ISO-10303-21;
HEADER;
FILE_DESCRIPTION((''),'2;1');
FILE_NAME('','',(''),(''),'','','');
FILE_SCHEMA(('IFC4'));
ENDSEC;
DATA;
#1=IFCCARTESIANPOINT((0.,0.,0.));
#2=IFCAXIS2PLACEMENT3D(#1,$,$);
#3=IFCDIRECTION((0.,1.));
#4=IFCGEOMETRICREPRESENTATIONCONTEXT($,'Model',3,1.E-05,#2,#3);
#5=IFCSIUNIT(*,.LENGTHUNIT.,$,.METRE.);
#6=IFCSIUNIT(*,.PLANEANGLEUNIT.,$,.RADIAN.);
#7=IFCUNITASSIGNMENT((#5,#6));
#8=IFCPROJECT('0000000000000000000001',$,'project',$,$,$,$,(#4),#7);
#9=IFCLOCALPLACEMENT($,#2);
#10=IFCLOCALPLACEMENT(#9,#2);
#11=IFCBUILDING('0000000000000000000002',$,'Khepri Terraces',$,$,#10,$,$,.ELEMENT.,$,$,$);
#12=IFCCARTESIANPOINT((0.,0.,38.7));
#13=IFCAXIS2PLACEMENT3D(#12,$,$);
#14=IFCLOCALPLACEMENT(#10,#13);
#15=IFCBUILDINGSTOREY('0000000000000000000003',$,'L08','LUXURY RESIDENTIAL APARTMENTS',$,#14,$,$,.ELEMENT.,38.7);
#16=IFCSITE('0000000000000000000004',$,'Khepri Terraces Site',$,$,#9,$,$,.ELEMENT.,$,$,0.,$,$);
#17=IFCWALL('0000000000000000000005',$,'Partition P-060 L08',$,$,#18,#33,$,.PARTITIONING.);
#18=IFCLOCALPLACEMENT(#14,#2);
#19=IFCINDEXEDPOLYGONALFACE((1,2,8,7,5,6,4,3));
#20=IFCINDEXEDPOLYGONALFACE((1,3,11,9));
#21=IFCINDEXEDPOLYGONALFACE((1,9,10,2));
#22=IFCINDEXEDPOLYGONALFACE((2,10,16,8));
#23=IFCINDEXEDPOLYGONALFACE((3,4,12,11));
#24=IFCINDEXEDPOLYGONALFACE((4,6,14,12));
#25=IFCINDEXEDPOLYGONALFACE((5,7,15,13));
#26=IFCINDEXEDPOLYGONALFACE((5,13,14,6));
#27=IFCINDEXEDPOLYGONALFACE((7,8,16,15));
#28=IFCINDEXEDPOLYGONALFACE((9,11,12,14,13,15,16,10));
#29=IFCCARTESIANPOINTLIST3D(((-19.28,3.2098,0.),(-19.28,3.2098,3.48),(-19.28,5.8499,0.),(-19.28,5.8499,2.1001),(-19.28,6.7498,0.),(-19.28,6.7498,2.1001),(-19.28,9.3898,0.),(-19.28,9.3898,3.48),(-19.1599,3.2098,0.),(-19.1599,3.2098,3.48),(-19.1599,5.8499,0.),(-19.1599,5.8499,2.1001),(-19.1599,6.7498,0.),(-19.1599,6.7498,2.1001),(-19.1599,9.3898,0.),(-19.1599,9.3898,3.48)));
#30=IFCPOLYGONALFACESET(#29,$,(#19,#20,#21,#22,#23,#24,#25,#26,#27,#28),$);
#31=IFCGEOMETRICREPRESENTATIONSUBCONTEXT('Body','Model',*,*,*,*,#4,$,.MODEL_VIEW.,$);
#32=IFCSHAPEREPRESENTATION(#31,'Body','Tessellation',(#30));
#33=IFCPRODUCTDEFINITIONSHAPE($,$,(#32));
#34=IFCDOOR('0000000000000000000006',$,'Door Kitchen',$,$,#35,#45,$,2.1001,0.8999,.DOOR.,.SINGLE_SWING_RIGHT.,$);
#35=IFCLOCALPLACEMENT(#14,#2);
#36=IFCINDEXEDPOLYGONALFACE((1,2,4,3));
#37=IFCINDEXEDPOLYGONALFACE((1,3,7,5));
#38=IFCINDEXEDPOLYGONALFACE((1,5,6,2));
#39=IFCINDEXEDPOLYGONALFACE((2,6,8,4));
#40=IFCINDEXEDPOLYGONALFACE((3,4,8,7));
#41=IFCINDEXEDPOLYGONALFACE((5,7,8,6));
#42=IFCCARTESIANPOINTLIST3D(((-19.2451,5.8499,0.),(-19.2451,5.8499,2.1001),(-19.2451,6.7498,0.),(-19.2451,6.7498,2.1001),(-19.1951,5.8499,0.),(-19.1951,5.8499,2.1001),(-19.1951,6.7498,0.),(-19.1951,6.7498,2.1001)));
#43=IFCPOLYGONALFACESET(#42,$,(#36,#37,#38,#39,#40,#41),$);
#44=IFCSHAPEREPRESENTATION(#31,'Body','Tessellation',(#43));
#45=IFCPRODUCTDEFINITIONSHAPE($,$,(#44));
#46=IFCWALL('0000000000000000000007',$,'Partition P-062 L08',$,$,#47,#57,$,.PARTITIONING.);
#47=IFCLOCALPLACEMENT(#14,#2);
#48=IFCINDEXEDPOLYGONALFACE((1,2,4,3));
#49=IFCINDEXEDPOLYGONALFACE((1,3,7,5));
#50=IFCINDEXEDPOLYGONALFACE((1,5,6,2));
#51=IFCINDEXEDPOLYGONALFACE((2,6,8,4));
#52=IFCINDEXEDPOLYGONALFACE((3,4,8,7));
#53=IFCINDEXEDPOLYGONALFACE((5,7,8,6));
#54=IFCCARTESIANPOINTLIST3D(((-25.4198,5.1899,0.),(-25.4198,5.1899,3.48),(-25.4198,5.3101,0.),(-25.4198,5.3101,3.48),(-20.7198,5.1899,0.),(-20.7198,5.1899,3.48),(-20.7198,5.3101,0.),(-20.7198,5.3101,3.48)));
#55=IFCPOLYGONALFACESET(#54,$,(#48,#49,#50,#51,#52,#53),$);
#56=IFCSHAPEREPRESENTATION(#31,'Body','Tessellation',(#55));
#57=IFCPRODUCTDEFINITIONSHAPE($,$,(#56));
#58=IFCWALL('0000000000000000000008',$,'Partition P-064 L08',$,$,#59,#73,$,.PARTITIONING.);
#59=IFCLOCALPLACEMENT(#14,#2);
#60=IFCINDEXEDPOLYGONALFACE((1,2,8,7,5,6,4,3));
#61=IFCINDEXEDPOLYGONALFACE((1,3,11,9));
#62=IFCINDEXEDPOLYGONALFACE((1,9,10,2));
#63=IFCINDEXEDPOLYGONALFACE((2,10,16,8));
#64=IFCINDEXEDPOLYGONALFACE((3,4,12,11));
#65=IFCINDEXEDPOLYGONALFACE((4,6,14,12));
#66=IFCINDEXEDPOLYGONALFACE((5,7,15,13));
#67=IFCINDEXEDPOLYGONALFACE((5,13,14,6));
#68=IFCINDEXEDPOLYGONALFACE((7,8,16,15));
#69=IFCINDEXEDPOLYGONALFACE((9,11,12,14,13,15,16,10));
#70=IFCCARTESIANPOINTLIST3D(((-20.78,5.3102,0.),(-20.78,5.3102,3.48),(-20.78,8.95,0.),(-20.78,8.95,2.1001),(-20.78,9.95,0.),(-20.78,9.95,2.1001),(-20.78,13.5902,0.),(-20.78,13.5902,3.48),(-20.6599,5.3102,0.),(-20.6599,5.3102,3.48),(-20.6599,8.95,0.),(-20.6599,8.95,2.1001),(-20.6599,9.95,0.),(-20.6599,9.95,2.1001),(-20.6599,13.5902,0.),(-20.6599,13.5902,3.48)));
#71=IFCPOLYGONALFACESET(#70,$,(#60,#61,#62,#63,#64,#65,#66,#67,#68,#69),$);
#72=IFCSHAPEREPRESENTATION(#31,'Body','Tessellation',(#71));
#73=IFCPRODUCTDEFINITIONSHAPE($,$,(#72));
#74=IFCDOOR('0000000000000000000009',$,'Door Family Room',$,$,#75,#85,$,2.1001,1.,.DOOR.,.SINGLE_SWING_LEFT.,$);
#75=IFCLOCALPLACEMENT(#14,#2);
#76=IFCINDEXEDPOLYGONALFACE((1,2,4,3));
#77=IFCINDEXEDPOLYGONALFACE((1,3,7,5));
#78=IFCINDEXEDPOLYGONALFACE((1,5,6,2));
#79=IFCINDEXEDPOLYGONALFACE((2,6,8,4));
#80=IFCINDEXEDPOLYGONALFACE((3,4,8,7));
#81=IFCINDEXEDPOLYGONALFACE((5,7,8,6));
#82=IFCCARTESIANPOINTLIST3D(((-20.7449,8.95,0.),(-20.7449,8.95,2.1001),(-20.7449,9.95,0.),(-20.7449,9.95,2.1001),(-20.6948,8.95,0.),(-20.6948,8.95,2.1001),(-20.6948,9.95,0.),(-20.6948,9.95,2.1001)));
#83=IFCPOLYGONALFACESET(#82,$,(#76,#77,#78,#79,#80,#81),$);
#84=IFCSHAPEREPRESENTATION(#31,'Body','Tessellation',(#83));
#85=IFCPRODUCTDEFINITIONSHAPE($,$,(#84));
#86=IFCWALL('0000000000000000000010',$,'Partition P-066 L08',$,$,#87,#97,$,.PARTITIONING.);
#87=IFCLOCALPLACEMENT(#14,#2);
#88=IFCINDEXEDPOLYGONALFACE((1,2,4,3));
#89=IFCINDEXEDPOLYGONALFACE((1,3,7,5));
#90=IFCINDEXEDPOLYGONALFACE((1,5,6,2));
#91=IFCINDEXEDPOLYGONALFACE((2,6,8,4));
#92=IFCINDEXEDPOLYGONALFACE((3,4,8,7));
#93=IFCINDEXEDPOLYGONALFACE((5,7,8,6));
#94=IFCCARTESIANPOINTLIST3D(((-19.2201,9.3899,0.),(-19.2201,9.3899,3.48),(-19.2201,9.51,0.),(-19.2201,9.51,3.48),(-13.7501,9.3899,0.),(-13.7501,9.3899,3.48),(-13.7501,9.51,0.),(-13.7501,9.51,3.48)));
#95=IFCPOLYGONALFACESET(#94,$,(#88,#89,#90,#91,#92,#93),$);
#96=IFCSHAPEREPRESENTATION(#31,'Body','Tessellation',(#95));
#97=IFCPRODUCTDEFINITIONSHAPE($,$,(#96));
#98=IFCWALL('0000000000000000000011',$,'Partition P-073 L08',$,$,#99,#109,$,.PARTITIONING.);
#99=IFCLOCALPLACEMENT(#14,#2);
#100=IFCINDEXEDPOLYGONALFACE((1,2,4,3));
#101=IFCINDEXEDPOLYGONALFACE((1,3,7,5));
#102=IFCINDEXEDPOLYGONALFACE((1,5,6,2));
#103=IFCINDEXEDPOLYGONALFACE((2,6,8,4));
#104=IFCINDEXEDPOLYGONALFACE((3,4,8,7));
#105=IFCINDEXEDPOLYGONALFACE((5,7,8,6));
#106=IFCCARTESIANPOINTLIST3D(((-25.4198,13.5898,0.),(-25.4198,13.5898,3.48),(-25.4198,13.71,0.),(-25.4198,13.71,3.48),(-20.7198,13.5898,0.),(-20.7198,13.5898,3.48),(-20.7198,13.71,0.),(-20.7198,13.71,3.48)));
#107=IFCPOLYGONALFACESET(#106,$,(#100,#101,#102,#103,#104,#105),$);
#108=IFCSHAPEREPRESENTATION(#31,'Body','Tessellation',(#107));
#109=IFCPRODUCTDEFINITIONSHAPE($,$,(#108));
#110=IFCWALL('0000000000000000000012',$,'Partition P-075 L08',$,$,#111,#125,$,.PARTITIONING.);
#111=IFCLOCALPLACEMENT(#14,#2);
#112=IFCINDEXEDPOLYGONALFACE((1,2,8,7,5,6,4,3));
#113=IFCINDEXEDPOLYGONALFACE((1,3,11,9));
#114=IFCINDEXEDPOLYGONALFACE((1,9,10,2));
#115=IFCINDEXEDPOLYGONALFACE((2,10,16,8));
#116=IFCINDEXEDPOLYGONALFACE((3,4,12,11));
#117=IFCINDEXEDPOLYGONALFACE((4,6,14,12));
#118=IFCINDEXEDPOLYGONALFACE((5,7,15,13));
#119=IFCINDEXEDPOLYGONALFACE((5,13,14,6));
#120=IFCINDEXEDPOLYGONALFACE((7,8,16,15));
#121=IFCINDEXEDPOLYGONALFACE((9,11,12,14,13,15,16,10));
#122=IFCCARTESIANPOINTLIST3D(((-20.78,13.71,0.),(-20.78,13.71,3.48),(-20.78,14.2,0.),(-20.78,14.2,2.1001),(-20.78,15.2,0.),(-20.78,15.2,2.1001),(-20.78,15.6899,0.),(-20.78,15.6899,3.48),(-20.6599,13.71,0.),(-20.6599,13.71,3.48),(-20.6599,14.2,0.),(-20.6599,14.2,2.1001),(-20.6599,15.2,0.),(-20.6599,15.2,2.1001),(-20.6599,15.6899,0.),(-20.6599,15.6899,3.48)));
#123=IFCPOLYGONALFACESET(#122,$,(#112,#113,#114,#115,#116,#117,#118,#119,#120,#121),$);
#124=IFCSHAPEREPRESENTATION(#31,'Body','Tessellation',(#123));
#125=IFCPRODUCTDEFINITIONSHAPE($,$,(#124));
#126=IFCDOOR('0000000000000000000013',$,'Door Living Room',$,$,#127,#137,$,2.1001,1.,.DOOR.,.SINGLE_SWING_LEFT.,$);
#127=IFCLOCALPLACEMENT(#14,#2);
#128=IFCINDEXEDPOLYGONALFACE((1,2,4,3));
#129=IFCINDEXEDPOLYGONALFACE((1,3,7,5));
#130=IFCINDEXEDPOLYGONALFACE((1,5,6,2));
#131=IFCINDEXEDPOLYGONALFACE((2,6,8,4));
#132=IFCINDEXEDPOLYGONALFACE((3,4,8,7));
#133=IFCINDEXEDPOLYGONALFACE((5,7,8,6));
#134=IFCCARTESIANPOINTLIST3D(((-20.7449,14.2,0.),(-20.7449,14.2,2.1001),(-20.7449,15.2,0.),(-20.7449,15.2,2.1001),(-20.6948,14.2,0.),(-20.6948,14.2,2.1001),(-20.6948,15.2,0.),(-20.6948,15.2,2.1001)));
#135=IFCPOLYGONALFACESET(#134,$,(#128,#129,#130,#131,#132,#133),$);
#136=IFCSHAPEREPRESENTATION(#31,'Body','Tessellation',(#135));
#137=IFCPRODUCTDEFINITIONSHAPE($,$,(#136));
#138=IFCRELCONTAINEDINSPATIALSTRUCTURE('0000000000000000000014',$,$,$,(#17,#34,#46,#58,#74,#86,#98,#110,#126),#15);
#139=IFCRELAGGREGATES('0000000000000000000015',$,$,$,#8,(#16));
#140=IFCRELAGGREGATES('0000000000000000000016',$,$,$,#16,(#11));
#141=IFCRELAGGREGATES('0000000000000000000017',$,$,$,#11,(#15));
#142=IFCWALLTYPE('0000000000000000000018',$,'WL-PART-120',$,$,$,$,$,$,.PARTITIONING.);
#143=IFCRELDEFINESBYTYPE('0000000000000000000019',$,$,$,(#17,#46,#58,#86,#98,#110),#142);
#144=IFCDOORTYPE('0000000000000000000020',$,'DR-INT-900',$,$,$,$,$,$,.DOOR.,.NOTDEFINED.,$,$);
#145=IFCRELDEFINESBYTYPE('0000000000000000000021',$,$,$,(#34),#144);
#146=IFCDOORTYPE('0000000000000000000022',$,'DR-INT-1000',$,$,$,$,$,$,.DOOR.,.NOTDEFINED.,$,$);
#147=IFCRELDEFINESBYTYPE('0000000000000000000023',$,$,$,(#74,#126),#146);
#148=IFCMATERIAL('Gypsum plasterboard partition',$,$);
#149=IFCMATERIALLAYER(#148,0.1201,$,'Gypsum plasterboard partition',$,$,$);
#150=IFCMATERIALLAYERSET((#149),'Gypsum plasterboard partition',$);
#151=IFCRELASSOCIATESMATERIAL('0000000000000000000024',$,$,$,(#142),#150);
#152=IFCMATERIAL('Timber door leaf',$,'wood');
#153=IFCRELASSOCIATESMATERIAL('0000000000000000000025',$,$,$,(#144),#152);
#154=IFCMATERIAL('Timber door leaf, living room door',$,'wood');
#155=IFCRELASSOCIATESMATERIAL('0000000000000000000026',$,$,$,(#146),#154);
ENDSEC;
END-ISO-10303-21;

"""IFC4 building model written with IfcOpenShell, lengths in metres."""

from ifc_helpers import new_model, si_unit, direction, frame, frame_2d, origin, place, context, subcontext, project, spatial, rectangle, extrude, material, layer, layer_set, type_object, element, fill, save


model = new_model("IFC4")

# Units and contexts
model_context = context("Model", 3, precision=1e-05, world=origin(), true_north=direction((0.0, 1.0)))
body_context = subcontext(model_context, "Body", "Model", "MODEL_VIEW")
ifc_project = project(units=[si_unit("LENGTHUNIT", "METRE"), si_unit("PLANEANGLEUNIT", "RADIAN")], contexts=[model_context])

# Site, building, storey
site_placement = place(None, origin())
site = spatial("IfcSite", under=ifc_project, at=site_placement, Name="Khepri Terraces Site", CompositionType="ELEMENT", RefElevation=0.0)
building_placement = place(site_placement, origin())
building = spatial("IfcBuilding", under=site, at=building_placement, Name="Khepri Terraces", CompositionType="ELEMENT")
storey_placement = place(building_placement, frame((0.0, 0.0, 38.7)))
storey = spatial("IfcBuildingStorey", under=building, at=storey_placement, Name="L08", Description="LUXURY RESIDENTIAL APARTMENTS", CompositionType="ELEMENT", Elevation=38.7)

# Shared definitions
ifc_material_1 = material(Name="Gypsum plasterboard partition")
ifc_layer_1 = layer(ifc_material_1, 0.1201, Name="Gypsum plasterboard partition")
ifc_layer_set_1 = layer_set([ifc_layer_1], Name="Gypsum plasterboard partition")
wall_type_1 = type_object("IfcWallType", Name="WL-PART-120", PredefinedType="PARTITIONING", material=ifc_layer_set_1)

# Wall, opening, door
wall_1_placement = place(storey_placement, frame((-19.22, 3.21, 0.0), z_axis=(0.0, 0.0, 1.0), x_axis=(0.0, 1.0, 0.0)))
wall_1 = element("IfcWall", 1, at=wall_1_placement, inside=storey, type_object=wall_type_1, Name="Partition P-060 L08", PredefinedType="PARTITIONING", context=body_context, shape_type="SweptSolid", body=[
    extrude(rectangle(XDim=6.1799, YDim=0.1201, at=frame_2d((3.0898, 0.0))), origin(), (0.0, 0.0, 1.0), 3.48),
])
opening_1_placement = place(wall_1_placement, frame((2.6399, 0.0, 0.0)))
opening_1 = element("IfcOpeningElement", 2, at=opening_1_placement, cuts=wall_1, PredefinedType="OPENING", context=body_context, shape_type="SweptSolid", body=[
    extrude(rectangle(XDim=0.8999, YDim=2.1001, at=frame_2d((0.45, 1.05))), frame((0.0, 0.0701, 0.0), z_axis=(0.0, -1.0, 0.0), x_axis=(1.0, 0.0, 0.0)), (0.0, 0.0, 1.0), 0.1401),
])
ifc_material_2 = material(Name="Timber door leaf", Category="wood")
door_type_1 = type_object("IfcDoorType", Name="DR-INT-900", OperationType="NOTDEFINED", PredefinedType="DOOR", material=ifc_material_2)
door_1_placement = place(opening_1_placement, frame((0.8999, 0.0, 0.0), z_axis=(0.0, 0.0, 1.0), x_axis=(-1.0, 0.0, 0.0)))
door_1 = element("IfcDoor", 3, at=door_1_placement, inside=storey, type_object=door_type_1, Name="Door Kitchen", OperationType="SINGLE_SWING_RIGHT", OverallHeight=2.1001, OverallWidth=0.8999, PredefinedType="DOOR", context=body_context, shape_type="SweptSolid", body=[
    extrude(rectangle(XDim=0.8999, YDim=2.1001, at=frame_2d((0.45, 1.05))), frame((0.0, 0.0249, 0.0), z_axis=(0.0, -1.0, 0.0), x_axis=(1.0, 0.0, 0.0)), (0.0, 0.0, 1.0), 0.05),
])
fill(opening_1, door_1)

# Wall
wall_2_placement = place(storey_placement, frame((-25.4199, 5.25, 0.0), z_axis=(0.0, 0.0, 1.0), x_axis=(1.0, 0.0, 0.0)))
element("IfcWall", 4, at=wall_2_placement, inside=storey, type_object=wall_type_1, Name="Partition P-062 L08", PredefinedType="PARTITIONING", context=body_context, shape_type="SweptSolid", body=[
    extrude(rectangle(XDim=4.7, YDim=0.1201, at=frame_2d((2.3501, 0.0))), origin(), (0.0, 0.0, 1.0), 3.48),
])

# Wall, opening, door
wall_3_placement = place(storey_placement, frame((-20.72, 5.3101, 0.0), z_axis=(0.0, 0.0, 1.0), x_axis=(0.0, 1.0, 0.0)))
wall_3 = element("IfcWall", 5, at=wall_3_placement, inside=storey, type_object=wall_type_1, Name="Partition P-064 L08", PredefinedType="PARTITIONING", context=body_context, shape_type="SweptSolid", body=[
    extrude(rectangle(XDim=8.28, YDim=0.1201, at=frame_2d((4.1401, 0.0))), origin(), (0.0, 0.0, 1.0), 3.48),
])
opening_2_placement = place(wall_3_placement, frame((3.6399, 0.0, 0.0)))
opening_2 = element("IfcOpeningElement", 6, at=opening_2_placement, cuts=wall_3, PredefinedType="OPENING", context=body_context, shape_type="SweptSolid", body=[
    extrude(rectangle(XDim=1.0, YDim=2.1001, at=frame_2d((0.5, 1.05))), frame((0.0, 0.0701, 0.0), z_axis=(0.0, -1.0, 0.0), x_axis=(1.0, 0.0, 0.0)), (0.0, 0.0, 1.0), 0.1401),
])
ifc_material_3 = material(Name="Timber door leaf, living room door", Category="wood")
door_type_2 = type_object("IfcDoorType", Name="DR-INT-1000", OperationType="NOTDEFINED", PredefinedType="DOOR", material=ifc_material_3)
door_2_placement = place(opening_2_placement, origin())
door_2 = element("IfcDoor", 7, at=door_2_placement, inside=storey, type_object=door_type_2, Name="Door Family Room", OperationType="SINGLE_SWING_LEFT", OverallHeight=2.1001, OverallWidth=1.0, PredefinedType="DOOR", context=body_context, shape_type="SweptSolid", body=[
    extrude(rectangle(XDim=1.0, YDim=2.1001, at=frame_2d((0.5, 1.05))), frame((0.0, 0.0249, 0.0), z_axis=(0.0, -1.0, 0.0), x_axis=(1.0, 0.0, 0.0)), (0.0, 0.0, 1.0), 0.05),
])
fill(opening_2, door_2)

# Walls
wall_4_placement = place(storey_placement, frame((-19.22, 9.45, 0.0), z_axis=(0.0, 0.0, 1.0), x_axis=(1.0, 0.0, 0.0)))
element("IfcWall", 8, at=wall_4_placement, inside=storey, type_object=wall_type_1, Name="Partition P-066 L08", PredefinedType="PARTITIONING", context=body_context, shape_type="SweptSolid", body=[
    extrude(rectangle(XDim=5.47, YDim=0.1201, at=frame_2d((2.7349, 0.0))), origin(), (0.0, 0.0, 1.0), 3.48),
])
wall_5_placement = place(storey_placement, frame((-25.4199, 13.6499, 0.0), z_axis=(0.0, 0.0, 1.0), x_axis=(1.0, 0.0, 0.0)))
element("IfcWall", 9, at=wall_5_placement, inside=storey, type_object=wall_type_1, Name="Partition P-073 L08", PredefinedType="PARTITIONING", context=body_context, shape_type="SweptSolid", body=[
    extrude(rectangle(XDim=4.7, YDim=0.1201, at=frame_2d((2.3501, 0.0))), origin(), (0.0, 0.0, 1.0), 3.48),
])

# Wall, opening, door
wall_6_placement = place(storey_placement, frame((-20.72, 13.71, 0.0), z_axis=(0.0, 0.0, 1.0), x_axis=(0.0, 1.0, 0.0)))
wall_6 = element("IfcWall", 10, at=wall_6_placement, inside=storey, type_object=wall_type_1, Name="Partition P-075 L08", PredefinedType="PARTITIONING", context=body_context, shape_type="SweptSolid", body=[
    extrude(rectangle(XDim=1.98, YDim=0.1201, at=frame_2d((0.99, 0.0))), origin(), (0.0, 0.0, 1.0), 3.48),
])
opening_3_placement = place(wall_6_placement, frame((0.49, 0.0, 0.0)))
opening_3 = element("IfcOpeningElement", 11, at=opening_3_placement, cuts=wall_6, PredefinedType="OPENING", context=body_context, shape_type="SweptSolid", body=[
    extrude(rectangle(XDim=1.0, YDim=2.1001, at=frame_2d((0.5, 1.05))), frame((0.0, 0.0701, 0.0), z_axis=(0.0, -1.0, 0.0), x_axis=(1.0, 0.0, 0.0)), (0.0, 0.0, 1.0), 0.1401),
])
door_3_placement = place(opening_3_placement, origin())
door_3 = element("IfcDoor", 12, at=door_3_placement, inside=storey, type_object=door_type_2, Name="Door Living Room", OperationType="SINGLE_SWING_LEFT", OverallHeight=2.1001, OverallWidth=1.0, PredefinedType="DOOR", context=body_context, shape_type="SweptSolid", body=[
    extrude(rectangle(XDim=1.0, YDim=2.1001, at=frame_2d((0.5, 1.05))), frame((0.0, 0.0249, 0.0), z_axis=(0.0, -1.0, 0.0), x_axis=(1.0, 0.0, 0.0)), (0.0, 0.0, 1.0), 0.05),
])
fill(opening_3, door_3)

save(model, "model.ifc")
